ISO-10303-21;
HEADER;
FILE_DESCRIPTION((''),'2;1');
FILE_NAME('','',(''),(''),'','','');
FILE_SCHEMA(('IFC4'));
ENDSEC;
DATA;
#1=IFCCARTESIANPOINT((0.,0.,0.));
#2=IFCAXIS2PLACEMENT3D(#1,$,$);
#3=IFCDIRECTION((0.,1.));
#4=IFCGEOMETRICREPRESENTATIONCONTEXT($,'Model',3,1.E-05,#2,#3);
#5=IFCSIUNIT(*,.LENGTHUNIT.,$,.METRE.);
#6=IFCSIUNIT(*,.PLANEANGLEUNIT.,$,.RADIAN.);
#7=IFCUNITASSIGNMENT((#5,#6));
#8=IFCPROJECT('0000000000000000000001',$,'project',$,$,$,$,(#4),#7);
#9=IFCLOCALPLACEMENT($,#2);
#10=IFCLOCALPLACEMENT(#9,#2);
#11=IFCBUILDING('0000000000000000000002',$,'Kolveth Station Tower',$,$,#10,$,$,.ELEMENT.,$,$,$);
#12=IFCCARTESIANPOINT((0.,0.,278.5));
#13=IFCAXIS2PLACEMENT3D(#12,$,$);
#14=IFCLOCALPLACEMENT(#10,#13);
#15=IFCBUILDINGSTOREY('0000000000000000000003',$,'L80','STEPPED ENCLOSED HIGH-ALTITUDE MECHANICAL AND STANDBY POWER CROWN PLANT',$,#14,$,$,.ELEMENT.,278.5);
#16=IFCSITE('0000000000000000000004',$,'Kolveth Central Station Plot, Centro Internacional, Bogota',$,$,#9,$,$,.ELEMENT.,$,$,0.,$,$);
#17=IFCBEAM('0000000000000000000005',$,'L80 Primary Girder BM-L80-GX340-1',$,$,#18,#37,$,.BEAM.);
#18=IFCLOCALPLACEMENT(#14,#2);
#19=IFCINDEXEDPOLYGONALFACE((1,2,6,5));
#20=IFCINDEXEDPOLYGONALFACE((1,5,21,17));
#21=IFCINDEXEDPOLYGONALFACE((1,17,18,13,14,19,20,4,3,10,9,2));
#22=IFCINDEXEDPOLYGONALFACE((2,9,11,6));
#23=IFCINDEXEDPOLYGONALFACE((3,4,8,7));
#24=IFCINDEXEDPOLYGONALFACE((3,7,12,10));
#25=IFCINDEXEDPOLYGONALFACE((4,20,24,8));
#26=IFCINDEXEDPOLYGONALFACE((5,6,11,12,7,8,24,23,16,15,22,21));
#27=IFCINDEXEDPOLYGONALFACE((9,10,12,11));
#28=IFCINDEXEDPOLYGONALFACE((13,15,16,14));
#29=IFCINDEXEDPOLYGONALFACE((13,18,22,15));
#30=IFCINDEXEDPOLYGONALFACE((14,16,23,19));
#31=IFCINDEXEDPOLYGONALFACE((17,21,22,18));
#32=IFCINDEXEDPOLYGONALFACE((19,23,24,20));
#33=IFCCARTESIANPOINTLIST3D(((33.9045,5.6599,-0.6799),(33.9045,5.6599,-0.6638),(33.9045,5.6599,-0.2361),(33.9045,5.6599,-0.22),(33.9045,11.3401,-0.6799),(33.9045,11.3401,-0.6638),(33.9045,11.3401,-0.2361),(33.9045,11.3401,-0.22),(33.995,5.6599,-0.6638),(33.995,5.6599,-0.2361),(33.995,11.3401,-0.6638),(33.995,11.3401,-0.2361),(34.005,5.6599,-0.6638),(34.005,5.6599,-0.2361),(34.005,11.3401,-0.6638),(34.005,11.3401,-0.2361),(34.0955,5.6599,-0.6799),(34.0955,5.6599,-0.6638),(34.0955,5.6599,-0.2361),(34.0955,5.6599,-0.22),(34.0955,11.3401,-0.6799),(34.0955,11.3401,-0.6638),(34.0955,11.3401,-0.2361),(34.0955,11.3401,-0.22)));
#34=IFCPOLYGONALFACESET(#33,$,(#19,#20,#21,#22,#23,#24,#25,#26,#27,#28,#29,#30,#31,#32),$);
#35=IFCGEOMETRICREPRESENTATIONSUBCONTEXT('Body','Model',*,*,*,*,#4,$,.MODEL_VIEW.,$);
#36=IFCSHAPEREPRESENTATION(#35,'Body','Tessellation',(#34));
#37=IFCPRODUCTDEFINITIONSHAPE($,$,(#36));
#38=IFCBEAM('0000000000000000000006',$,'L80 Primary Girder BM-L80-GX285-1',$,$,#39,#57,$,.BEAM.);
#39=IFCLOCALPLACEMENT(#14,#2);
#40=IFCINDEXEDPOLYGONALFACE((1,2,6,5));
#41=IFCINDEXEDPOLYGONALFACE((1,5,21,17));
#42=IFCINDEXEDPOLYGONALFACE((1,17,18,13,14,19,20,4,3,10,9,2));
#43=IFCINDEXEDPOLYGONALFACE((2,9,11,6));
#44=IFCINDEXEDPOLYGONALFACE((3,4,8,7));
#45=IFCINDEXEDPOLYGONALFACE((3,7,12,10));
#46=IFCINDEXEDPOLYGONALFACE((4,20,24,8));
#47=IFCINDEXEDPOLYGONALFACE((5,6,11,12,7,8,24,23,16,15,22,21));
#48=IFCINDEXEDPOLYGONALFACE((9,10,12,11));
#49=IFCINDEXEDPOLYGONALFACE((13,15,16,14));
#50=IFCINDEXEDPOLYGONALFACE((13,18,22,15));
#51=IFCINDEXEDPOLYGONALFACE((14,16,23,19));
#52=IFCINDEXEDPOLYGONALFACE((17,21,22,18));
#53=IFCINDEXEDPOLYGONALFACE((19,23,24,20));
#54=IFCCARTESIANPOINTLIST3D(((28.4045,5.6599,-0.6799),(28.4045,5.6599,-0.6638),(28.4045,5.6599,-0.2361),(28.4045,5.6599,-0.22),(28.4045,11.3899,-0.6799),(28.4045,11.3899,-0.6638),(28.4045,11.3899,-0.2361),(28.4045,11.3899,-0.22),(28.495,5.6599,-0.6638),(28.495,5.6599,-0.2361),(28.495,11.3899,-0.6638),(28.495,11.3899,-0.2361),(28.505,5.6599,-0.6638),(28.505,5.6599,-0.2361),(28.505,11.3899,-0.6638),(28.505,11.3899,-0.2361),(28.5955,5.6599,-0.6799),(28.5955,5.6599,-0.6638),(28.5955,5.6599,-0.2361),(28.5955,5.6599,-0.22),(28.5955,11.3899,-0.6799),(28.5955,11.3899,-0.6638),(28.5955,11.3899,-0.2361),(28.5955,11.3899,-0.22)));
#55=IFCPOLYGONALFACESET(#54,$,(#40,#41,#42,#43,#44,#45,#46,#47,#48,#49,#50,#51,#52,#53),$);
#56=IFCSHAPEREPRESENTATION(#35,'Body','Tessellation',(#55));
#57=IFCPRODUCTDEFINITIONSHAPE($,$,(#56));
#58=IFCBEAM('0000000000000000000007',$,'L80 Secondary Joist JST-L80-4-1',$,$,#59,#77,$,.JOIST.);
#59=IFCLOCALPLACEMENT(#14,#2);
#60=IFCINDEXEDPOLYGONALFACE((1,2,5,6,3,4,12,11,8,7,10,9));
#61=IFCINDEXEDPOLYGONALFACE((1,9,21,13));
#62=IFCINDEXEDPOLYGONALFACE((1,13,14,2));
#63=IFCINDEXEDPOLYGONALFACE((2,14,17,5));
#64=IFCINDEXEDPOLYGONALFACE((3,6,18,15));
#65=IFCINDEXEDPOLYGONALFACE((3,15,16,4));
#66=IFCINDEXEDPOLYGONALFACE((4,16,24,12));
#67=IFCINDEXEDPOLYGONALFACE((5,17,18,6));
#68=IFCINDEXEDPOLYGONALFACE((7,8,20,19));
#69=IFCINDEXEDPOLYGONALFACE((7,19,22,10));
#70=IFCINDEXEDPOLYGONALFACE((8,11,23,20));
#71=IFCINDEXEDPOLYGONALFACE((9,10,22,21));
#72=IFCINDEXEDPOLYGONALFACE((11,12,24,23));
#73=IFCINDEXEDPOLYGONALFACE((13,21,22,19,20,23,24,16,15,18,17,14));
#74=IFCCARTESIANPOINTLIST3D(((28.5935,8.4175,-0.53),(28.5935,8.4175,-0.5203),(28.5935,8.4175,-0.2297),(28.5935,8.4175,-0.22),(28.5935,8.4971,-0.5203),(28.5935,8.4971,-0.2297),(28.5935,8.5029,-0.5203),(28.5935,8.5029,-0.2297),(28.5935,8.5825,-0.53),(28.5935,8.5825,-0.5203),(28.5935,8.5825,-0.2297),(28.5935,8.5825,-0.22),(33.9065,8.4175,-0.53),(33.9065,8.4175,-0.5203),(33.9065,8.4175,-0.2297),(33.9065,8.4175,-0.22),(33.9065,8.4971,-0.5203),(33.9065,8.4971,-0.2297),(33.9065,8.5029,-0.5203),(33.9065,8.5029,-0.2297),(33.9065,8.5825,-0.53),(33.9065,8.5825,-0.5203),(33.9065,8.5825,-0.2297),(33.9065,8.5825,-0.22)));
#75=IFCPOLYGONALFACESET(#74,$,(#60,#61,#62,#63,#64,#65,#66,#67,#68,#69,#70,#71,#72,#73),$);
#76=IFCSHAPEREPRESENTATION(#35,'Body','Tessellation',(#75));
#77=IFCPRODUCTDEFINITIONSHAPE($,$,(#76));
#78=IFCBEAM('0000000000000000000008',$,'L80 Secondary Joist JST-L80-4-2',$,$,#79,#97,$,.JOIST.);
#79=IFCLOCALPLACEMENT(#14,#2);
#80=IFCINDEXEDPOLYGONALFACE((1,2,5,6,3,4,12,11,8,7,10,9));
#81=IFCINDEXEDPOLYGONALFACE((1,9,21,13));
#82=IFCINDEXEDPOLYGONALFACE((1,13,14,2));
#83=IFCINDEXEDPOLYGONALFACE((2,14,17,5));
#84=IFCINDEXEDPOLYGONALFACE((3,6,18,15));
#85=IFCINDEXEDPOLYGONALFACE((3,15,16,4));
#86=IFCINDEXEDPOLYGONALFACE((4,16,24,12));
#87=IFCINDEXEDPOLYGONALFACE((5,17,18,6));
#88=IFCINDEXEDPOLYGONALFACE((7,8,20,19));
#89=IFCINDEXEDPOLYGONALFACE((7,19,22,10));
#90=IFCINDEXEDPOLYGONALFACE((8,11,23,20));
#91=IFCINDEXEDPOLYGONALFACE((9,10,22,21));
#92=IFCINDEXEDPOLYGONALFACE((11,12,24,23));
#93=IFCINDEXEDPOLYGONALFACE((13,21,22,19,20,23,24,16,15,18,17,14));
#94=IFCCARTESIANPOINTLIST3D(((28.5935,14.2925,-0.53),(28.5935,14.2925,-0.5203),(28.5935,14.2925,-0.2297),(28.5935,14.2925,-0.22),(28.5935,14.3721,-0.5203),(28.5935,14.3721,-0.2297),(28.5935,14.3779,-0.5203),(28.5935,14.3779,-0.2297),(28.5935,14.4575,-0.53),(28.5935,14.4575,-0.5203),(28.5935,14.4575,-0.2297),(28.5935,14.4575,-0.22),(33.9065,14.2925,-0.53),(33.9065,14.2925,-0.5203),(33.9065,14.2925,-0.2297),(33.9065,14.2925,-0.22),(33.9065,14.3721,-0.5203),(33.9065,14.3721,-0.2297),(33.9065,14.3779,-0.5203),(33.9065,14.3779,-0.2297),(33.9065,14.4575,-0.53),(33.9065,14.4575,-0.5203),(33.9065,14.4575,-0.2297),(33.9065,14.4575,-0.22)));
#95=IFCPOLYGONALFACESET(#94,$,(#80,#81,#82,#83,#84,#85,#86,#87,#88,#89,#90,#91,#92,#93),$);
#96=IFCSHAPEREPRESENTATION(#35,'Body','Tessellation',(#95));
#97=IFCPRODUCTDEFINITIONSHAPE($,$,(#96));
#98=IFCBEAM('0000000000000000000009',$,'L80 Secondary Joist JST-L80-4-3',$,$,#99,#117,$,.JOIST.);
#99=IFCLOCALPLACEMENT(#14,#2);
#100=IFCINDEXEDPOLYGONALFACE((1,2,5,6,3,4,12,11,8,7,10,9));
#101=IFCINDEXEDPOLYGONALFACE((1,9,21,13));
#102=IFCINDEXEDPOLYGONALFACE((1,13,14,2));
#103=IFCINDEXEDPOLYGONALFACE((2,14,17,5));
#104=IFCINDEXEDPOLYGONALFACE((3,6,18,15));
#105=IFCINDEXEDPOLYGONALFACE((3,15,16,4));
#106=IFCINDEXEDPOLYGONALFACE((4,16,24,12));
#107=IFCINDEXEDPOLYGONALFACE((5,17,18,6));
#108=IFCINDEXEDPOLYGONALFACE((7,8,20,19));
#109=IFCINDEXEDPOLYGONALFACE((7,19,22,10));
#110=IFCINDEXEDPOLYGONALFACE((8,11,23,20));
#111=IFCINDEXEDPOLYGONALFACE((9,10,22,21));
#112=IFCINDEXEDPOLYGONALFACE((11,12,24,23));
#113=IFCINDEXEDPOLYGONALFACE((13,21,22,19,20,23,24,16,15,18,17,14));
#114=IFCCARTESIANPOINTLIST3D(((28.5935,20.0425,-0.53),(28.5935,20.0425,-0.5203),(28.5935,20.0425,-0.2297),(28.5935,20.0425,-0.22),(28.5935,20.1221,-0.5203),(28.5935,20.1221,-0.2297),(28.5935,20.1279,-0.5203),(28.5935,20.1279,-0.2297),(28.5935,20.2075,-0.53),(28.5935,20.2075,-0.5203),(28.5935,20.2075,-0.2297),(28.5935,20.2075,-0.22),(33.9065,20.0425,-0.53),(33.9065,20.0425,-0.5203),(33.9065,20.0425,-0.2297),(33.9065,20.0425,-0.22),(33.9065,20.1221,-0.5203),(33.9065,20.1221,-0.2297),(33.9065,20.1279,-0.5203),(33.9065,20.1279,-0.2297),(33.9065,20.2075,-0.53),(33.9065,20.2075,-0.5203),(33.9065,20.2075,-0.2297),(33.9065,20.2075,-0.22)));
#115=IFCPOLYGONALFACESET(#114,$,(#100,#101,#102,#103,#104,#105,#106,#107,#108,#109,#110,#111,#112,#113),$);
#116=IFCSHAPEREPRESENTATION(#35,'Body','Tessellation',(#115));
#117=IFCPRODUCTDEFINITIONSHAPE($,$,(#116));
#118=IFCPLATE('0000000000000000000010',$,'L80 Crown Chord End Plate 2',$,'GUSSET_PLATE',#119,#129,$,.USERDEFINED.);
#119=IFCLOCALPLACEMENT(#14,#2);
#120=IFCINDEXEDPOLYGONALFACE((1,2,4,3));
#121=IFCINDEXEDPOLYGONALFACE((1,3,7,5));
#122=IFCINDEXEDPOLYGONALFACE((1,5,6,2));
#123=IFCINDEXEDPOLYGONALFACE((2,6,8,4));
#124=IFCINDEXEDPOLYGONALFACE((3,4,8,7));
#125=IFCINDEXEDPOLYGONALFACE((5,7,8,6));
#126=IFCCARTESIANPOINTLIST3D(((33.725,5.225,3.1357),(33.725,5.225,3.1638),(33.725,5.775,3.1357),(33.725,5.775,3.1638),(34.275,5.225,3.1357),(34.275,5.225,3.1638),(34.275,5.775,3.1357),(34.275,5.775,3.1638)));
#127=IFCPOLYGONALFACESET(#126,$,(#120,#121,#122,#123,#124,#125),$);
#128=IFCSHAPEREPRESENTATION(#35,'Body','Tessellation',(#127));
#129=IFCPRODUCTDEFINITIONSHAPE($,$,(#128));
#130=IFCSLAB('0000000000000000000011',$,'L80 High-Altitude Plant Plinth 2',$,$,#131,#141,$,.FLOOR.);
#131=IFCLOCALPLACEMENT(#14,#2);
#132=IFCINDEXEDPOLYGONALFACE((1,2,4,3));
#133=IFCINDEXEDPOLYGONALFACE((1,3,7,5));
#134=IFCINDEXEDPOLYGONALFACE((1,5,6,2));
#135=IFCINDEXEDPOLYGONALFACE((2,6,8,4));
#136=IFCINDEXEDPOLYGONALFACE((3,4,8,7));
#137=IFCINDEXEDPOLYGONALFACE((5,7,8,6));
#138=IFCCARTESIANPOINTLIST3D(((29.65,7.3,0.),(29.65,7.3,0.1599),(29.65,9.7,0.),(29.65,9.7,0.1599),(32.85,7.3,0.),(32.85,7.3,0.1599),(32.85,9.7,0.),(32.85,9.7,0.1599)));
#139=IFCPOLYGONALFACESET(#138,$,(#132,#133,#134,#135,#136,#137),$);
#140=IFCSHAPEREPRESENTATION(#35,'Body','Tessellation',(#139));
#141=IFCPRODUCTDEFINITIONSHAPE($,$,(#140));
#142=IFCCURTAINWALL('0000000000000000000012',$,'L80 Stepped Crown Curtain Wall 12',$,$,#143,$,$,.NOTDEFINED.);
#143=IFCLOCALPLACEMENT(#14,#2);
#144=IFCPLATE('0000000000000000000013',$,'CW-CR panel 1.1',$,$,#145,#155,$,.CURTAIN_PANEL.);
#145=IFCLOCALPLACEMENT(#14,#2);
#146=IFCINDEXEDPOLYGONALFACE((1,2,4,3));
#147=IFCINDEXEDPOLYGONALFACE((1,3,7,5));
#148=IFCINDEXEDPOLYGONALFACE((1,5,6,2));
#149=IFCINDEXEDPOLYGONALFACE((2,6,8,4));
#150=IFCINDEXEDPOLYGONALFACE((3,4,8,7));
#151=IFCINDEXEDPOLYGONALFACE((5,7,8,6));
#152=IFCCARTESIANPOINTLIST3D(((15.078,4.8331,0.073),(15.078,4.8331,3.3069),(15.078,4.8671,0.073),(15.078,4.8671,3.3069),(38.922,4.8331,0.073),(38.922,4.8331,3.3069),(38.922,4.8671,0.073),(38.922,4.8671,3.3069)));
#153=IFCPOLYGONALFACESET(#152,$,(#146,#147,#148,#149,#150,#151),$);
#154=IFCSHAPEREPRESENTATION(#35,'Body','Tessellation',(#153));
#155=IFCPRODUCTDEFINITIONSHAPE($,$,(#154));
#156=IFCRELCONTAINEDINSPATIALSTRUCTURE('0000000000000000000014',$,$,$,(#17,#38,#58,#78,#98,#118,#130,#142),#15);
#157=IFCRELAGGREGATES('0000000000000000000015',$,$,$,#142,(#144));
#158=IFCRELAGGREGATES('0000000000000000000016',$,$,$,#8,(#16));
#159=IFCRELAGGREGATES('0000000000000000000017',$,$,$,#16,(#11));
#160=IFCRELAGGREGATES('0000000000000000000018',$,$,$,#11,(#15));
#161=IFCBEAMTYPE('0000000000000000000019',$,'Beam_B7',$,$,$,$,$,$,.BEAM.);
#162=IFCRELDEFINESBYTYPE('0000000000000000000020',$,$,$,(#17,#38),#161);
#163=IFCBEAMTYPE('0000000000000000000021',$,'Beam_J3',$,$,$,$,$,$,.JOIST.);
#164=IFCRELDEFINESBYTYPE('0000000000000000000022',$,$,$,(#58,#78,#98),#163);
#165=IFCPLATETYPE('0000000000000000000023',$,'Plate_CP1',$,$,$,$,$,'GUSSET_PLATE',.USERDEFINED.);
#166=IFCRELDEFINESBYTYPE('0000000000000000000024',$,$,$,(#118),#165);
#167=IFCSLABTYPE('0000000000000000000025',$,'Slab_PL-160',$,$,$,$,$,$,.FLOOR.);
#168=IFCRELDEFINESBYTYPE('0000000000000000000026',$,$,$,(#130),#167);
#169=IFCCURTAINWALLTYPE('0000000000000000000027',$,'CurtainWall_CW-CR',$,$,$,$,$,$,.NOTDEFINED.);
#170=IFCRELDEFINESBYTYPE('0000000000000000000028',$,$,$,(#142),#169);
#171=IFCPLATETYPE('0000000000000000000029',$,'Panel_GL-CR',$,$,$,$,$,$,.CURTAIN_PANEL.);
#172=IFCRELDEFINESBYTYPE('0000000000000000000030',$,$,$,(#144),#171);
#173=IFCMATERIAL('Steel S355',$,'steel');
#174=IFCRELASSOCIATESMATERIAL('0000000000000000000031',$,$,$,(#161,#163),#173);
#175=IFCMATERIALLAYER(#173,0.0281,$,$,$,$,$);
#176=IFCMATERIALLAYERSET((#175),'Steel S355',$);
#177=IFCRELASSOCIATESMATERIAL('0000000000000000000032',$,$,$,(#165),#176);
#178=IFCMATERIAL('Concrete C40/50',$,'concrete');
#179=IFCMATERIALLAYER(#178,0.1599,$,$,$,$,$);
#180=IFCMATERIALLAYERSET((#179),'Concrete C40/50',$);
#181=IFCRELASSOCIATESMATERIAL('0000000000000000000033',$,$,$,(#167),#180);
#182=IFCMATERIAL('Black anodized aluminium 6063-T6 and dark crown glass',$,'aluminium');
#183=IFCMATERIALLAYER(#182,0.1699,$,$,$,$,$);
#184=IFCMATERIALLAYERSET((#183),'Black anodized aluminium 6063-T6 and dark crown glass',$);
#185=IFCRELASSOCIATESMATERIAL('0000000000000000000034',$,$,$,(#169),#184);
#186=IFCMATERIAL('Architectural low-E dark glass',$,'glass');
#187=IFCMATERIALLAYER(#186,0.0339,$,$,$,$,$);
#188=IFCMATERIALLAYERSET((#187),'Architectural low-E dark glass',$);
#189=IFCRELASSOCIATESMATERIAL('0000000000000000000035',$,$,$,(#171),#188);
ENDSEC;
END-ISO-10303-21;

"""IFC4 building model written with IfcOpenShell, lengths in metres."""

from ifc_helpers import new_model, si_unit, direction, frame, origin, origin_2d, place, context, subcontext, project, spatial, rectangle, i_section, extrude, source, transform, mapped, material, layer, layer_set, material_profile, profile_set, type_object, element, aggregate, save


model = new_model("IFC4")

# Units and contexts
model_context = context("Model", 3, precision=1e-05, world=origin(), true_north=direction((0.0, 1.0)))
body_context = subcontext(model_context, "Body", "Model", "MODEL_VIEW")
ifc_project = project(units=[si_unit("LENGTHUNIT", "METRE"), si_unit("PLANEANGLEUNIT", "RADIAN")], contexts=[model_context])

# Site, building, storey
site_placement = place(None, origin())
site = spatial("IfcSite", under=ifc_project, at=site_placement, Name="Kolveth Central Station Plot, Centro Internacional, Bogota", CompositionType="ELEMENT", RefElevation=0.0)
building_placement = place(site_placement, origin())
building = spatial("IfcBuilding", under=site, at=building_placement, Name="Kolveth Station Tower", CompositionType="ELEMENT")
storey_placement = place(building_placement, frame((0.0, 0.0, 278.5)))
storey = spatial("IfcBuildingStorey", under=building, at=storey_placement, Name="L80", Description="STEPPED ENCLOSED HIGH-ALTITUDE MECHANICAL AND STANDBY POWER CROWN PLANT", CompositionType="ELEMENT", Elevation=278.5)

# Shared definitions
ifc_material_1 = material(Name="Steel S355", Category="steel")

# Beams
ifc_material_profile_1 = material_profile(ifc_material_1, i_section(OverallWidth=0.1909, OverallDepth=0.46, WebThickness=0.01, FlangeThickness=0.0161, at=origin_2d()), Name="W460x82")
ifc_profile_set_1 = profile_set([ifc_material_profile_1], Name="Steel S355")
beam_type_1 = type_object("IfcBeamType", Name="Beam_B7", PredefinedType="BEAM", material=ifc_profile_set_1)
shared_shape_1 = source(origin(), body_context, "Body", "SweptSolid", [
    extrude(i_section(OverallWidth=0.1909, OverallDepth=0.46, WebThickness=0.01, FlangeThickness=0.0161, at=origin_2d()), origin(), (0.0, 0.0, 1.0), 5.6802),
])
beam_1_placement = place(storey_placement, frame((34.0, 5.6599, -0.45), z_axis=(0.0, 1.0, 0.0), x_axis=(-1.0, 0.0, 0.0)))
element("IfcBeam", 1, at=beam_1_placement, inside=storey, type_object=beam_type_1, Name="L80 Primary Girder BM-L80-GX340-1", PredefinedType="BEAM", context=body_context, shape_type="MappedRepresentation", body=[
    mapped(shared_shape_1, transform((0.0, 0.0, 0.0), x_axis=(1.0, 0.0, 0.0), y_axis=(0.0, 1.0, 0.0), z_axis=(0.0, 0.0, 1.0), scale=1.0)),
])
shared_shape_2 = source(origin(), body_context, "Body", "SweptSolid", [
    extrude(i_section(OverallWidth=0.1909, OverallDepth=0.46, WebThickness=0.01, FlangeThickness=0.0161, at=origin_2d()), origin(), (0.0, 0.0, 1.0), 5.73),
])
beam_2_placement = place(storey_placement, frame((28.5, 5.6599, -0.45), z_axis=(0.0, 1.0, 0.0), x_axis=(-1.0, 0.0, 0.0)))
element("IfcBeam", 2, at=beam_2_placement, inside=storey, type_object=beam_type_1, Name="L80 Primary Girder BM-L80-GX285-1", PredefinedType="BEAM", context=body_context, shape_type="MappedRepresentation", body=[
    mapped(shared_shape_2, transform((0.0, 0.0, 0.0), x_axis=(1.0, 0.0, 0.0), y_axis=(0.0, 1.0, 0.0), z_axis=(0.0, 0.0, 1.0), scale=1.0)),
])
ifc_material_profile_2 = material_profile(ifc_material_1, i_section(OverallWidth=0.165, OverallDepth=0.3101, WebThickness=0.0059, FlangeThickness=0.0098, at=origin_2d()), Name="W310x39")
ifc_profile_set_2 = profile_set([ifc_material_profile_2], Name="Steel S355")
beam_type_2 = type_object("IfcBeamType", Name="Beam_J3", PredefinedType="JOIST", material=ifc_profile_set_2)
shared_shape_3 = source(origin(), body_context, "Body", "SweptSolid", [
    extrude(i_section(OverallWidth=0.165, OverallDepth=0.3101, WebThickness=0.0059, FlangeThickness=0.0098, at=origin_2d()), origin(), (0.0, 0.0, 1.0), 5.313),
])
for number, where, z_axis, x_axis, name in (
    (3, (28.5935, 8.5, -0.375), (1.0, 0.0, 0.0), (0.0, 1.0, 0.0), "L80 Secondary Joist JST-L80-4-1"),
    (4, (28.5935, 14.375, -0.375), (1.0, 0.0, 0.0), (0.0, 1.0, 0.0), "L80 Secondary Joist JST-L80-4-2"),
    (5, (28.5935, 20.125, -0.375), (1.0, 0.0, 0.0), (0.0, 1.0, 0.0), "L80 Secondary Joist JST-L80-4-3"),
):
    element("IfcBeam", number, at=place(storey_placement, frame(where, z_axis=z_axis, x_axis=x_axis)), inside=storey, type_object=beam_type_2, Name=name, PredefinedType="JOIST", context=body_context, shape_type="MappedRepresentation", body=[
        mapped(shared_shape_3, transform((0.0, 0.0, 0.0), x_axis=(1.0, 0.0, 0.0), y_axis=(0.0, 1.0, 0.0), z_axis=(0.0, 0.0, 1.0), scale=1.0)),
    ])

# Plate
ifc_layer_1 = layer(ifc_material_1, 0.0281)
ifc_layer_set_1 = layer_set([ifc_layer_1], Name="Steel S355")
plate_type_1 = type_object("IfcPlateType", Name="Plate_CP1", ElementType="GUSSET_PLATE", PredefinedType="USERDEFINED", material=ifc_layer_set_1)
shared_shape_4 = source(origin(), body_context, "Body", "SweptSolid", [
    extrude(rectangle(XDim=0.55, YDim=0.55, at=origin_2d()), origin(), (0.0, 0.0, 1.0), 0.0281),
])
plate_1_placement = place(storey_placement, frame((34.0, 5.5, 3.1357), z_axis=(0.0, 0.0, 1.0), x_axis=(1.0, 0.0, 0.0)))
element("IfcPlate", 6, at=plate_1_placement, inside=storey, type_object=plate_type_1, Name="L80 Crown Chord End Plate 2", ObjectType="GUSSET_PLATE", PredefinedType="USERDEFINED", context=body_context, shape_type="MappedRepresentation", body=[
    mapped(shared_shape_4, transform((0.0, 0.0, 0.0), x_axis=(1.0, 0.0, 0.0), y_axis=(0.0, 1.0, 0.0), z_axis=(0.0, 0.0, 1.0), scale=1.0)),
])

# Slab
ifc_material_2 = material(Name="Concrete C40/50", Category="concrete")
ifc_layer_2 = layer(ifc_material_2, 0.1599)
ifc_layer_set_2 = layer_set([ifc_layer_2], Name="Concrete C40/50")
slab_type = type_object("IfcSlabType", Name="Slab_PL-160", PredefinedType="FLOOR", material=ifc_layer_set_2)
shared_shape_5 = source(origin(), body_context, "Body", "SweptSolid", [
    extrude(rectangle(XDim=3.2, YDim=2.3999, at=origin_2d()), origin(), (0.0, 0.0, 1.0), 0.1599),
])
slab_placement = place(storey_placement, frame((31.25, 8.5, 0.0), z_axis=(0.0, 0.0, 1.0), x_axis=(1.0, 0.0, 0.0)))
element("IfcSlab", 7, at=slab_placement, inside=storey, type_object=slab_type, Name="L80 High-Altitude Plant Plinth 2", PredefinedType="FLOOR", context=body_context, shape_type="MappedRepresentation", body=[
    mapped(shared_shape_5, transform((0.0, 0.0, 0.0), x_axis=(1.0, 0.0, 0.0), y_axis=(0.0, 1.0, 0.0), z_axis=(0.0, 0.0, 1.0), scale=1.0)),
])

# Curtain wall, plate
ifc_material_3 = material(Name="Black anodized aluminium 6063-T6 and dark crown glass", Category="aluminium")
ifc_layer_3 = layer(ifc_material_3, 0.1699)
ifc_layer_set_3 = layer_set([ifc_layer_3], Name="Black anodized aluminium 6063-T6 and dark crown glass")
curtain_wall_type = type_object("IfcCurtainWallType", Name="CurtainWall_CW-CR", PredefinedType="NOTDEFINED", material=ifc_layer_set_3)
curtain_wall_placement = place(storey_placement, origin())
curtain_wall = element("IfcCurtainWall", 8, at=curtain_wall_placement, inside=storey, type_object=curtain_wall_type, Name="L80 Stepped Crown Curtain Wall 12", PredefinedType="NOTDEFINED")
ifc_material_4 = material(Name="Architectural low-E dark glass", Category="glass")
ifc_layer_4 = layer(ifc_material_4, 0.0339)
ifc_layer_set_4 = layer_set([ifc_layer_4], Name="Architectural low-E dark glass")
plate_type_2 = type_object("IfcPlateType", Name="Panel_GL-CR", PredefinedType="CURTAIN_PANEL", material=ifc_layer_set_4)
shared_shape_6 = source(origin(), body_context, "Body", "SweptSolid", [
    extrude(rectangle(XDim=23.844, YDim=0.0339, at=origin_2d()), origin(), (0.0, 0.0, 1.0), 3.2339),
])
plate_2_placement = place(storey_placement, frame((27.0, 4.8501, 0.073), z_axis=(0.0, 0.0, 1.0), x_axis=(1.0, 0.0, 0.0)))
plate_2 = element("IfcPlate", 9, at=plate_2_placement, type_object=plate_type_2, Name="CW-CR panel 1.1", PredefinedType="CURTAIN_PANEL", context=body_context, shape_type="MappedRepresentation", body=[
    mapped(shared_shape_6, transform((0.0, 0.0, 0.0), x_axis=(1.0, 0.0, 0.0), y_axis=(0.0, 1.0, 0.0), z_axis=(0.0, 0.0, 1.0), scale=1.0)),
])
aggregate(curtain_wall, [plate_2])

save(model, "model.ifc")
